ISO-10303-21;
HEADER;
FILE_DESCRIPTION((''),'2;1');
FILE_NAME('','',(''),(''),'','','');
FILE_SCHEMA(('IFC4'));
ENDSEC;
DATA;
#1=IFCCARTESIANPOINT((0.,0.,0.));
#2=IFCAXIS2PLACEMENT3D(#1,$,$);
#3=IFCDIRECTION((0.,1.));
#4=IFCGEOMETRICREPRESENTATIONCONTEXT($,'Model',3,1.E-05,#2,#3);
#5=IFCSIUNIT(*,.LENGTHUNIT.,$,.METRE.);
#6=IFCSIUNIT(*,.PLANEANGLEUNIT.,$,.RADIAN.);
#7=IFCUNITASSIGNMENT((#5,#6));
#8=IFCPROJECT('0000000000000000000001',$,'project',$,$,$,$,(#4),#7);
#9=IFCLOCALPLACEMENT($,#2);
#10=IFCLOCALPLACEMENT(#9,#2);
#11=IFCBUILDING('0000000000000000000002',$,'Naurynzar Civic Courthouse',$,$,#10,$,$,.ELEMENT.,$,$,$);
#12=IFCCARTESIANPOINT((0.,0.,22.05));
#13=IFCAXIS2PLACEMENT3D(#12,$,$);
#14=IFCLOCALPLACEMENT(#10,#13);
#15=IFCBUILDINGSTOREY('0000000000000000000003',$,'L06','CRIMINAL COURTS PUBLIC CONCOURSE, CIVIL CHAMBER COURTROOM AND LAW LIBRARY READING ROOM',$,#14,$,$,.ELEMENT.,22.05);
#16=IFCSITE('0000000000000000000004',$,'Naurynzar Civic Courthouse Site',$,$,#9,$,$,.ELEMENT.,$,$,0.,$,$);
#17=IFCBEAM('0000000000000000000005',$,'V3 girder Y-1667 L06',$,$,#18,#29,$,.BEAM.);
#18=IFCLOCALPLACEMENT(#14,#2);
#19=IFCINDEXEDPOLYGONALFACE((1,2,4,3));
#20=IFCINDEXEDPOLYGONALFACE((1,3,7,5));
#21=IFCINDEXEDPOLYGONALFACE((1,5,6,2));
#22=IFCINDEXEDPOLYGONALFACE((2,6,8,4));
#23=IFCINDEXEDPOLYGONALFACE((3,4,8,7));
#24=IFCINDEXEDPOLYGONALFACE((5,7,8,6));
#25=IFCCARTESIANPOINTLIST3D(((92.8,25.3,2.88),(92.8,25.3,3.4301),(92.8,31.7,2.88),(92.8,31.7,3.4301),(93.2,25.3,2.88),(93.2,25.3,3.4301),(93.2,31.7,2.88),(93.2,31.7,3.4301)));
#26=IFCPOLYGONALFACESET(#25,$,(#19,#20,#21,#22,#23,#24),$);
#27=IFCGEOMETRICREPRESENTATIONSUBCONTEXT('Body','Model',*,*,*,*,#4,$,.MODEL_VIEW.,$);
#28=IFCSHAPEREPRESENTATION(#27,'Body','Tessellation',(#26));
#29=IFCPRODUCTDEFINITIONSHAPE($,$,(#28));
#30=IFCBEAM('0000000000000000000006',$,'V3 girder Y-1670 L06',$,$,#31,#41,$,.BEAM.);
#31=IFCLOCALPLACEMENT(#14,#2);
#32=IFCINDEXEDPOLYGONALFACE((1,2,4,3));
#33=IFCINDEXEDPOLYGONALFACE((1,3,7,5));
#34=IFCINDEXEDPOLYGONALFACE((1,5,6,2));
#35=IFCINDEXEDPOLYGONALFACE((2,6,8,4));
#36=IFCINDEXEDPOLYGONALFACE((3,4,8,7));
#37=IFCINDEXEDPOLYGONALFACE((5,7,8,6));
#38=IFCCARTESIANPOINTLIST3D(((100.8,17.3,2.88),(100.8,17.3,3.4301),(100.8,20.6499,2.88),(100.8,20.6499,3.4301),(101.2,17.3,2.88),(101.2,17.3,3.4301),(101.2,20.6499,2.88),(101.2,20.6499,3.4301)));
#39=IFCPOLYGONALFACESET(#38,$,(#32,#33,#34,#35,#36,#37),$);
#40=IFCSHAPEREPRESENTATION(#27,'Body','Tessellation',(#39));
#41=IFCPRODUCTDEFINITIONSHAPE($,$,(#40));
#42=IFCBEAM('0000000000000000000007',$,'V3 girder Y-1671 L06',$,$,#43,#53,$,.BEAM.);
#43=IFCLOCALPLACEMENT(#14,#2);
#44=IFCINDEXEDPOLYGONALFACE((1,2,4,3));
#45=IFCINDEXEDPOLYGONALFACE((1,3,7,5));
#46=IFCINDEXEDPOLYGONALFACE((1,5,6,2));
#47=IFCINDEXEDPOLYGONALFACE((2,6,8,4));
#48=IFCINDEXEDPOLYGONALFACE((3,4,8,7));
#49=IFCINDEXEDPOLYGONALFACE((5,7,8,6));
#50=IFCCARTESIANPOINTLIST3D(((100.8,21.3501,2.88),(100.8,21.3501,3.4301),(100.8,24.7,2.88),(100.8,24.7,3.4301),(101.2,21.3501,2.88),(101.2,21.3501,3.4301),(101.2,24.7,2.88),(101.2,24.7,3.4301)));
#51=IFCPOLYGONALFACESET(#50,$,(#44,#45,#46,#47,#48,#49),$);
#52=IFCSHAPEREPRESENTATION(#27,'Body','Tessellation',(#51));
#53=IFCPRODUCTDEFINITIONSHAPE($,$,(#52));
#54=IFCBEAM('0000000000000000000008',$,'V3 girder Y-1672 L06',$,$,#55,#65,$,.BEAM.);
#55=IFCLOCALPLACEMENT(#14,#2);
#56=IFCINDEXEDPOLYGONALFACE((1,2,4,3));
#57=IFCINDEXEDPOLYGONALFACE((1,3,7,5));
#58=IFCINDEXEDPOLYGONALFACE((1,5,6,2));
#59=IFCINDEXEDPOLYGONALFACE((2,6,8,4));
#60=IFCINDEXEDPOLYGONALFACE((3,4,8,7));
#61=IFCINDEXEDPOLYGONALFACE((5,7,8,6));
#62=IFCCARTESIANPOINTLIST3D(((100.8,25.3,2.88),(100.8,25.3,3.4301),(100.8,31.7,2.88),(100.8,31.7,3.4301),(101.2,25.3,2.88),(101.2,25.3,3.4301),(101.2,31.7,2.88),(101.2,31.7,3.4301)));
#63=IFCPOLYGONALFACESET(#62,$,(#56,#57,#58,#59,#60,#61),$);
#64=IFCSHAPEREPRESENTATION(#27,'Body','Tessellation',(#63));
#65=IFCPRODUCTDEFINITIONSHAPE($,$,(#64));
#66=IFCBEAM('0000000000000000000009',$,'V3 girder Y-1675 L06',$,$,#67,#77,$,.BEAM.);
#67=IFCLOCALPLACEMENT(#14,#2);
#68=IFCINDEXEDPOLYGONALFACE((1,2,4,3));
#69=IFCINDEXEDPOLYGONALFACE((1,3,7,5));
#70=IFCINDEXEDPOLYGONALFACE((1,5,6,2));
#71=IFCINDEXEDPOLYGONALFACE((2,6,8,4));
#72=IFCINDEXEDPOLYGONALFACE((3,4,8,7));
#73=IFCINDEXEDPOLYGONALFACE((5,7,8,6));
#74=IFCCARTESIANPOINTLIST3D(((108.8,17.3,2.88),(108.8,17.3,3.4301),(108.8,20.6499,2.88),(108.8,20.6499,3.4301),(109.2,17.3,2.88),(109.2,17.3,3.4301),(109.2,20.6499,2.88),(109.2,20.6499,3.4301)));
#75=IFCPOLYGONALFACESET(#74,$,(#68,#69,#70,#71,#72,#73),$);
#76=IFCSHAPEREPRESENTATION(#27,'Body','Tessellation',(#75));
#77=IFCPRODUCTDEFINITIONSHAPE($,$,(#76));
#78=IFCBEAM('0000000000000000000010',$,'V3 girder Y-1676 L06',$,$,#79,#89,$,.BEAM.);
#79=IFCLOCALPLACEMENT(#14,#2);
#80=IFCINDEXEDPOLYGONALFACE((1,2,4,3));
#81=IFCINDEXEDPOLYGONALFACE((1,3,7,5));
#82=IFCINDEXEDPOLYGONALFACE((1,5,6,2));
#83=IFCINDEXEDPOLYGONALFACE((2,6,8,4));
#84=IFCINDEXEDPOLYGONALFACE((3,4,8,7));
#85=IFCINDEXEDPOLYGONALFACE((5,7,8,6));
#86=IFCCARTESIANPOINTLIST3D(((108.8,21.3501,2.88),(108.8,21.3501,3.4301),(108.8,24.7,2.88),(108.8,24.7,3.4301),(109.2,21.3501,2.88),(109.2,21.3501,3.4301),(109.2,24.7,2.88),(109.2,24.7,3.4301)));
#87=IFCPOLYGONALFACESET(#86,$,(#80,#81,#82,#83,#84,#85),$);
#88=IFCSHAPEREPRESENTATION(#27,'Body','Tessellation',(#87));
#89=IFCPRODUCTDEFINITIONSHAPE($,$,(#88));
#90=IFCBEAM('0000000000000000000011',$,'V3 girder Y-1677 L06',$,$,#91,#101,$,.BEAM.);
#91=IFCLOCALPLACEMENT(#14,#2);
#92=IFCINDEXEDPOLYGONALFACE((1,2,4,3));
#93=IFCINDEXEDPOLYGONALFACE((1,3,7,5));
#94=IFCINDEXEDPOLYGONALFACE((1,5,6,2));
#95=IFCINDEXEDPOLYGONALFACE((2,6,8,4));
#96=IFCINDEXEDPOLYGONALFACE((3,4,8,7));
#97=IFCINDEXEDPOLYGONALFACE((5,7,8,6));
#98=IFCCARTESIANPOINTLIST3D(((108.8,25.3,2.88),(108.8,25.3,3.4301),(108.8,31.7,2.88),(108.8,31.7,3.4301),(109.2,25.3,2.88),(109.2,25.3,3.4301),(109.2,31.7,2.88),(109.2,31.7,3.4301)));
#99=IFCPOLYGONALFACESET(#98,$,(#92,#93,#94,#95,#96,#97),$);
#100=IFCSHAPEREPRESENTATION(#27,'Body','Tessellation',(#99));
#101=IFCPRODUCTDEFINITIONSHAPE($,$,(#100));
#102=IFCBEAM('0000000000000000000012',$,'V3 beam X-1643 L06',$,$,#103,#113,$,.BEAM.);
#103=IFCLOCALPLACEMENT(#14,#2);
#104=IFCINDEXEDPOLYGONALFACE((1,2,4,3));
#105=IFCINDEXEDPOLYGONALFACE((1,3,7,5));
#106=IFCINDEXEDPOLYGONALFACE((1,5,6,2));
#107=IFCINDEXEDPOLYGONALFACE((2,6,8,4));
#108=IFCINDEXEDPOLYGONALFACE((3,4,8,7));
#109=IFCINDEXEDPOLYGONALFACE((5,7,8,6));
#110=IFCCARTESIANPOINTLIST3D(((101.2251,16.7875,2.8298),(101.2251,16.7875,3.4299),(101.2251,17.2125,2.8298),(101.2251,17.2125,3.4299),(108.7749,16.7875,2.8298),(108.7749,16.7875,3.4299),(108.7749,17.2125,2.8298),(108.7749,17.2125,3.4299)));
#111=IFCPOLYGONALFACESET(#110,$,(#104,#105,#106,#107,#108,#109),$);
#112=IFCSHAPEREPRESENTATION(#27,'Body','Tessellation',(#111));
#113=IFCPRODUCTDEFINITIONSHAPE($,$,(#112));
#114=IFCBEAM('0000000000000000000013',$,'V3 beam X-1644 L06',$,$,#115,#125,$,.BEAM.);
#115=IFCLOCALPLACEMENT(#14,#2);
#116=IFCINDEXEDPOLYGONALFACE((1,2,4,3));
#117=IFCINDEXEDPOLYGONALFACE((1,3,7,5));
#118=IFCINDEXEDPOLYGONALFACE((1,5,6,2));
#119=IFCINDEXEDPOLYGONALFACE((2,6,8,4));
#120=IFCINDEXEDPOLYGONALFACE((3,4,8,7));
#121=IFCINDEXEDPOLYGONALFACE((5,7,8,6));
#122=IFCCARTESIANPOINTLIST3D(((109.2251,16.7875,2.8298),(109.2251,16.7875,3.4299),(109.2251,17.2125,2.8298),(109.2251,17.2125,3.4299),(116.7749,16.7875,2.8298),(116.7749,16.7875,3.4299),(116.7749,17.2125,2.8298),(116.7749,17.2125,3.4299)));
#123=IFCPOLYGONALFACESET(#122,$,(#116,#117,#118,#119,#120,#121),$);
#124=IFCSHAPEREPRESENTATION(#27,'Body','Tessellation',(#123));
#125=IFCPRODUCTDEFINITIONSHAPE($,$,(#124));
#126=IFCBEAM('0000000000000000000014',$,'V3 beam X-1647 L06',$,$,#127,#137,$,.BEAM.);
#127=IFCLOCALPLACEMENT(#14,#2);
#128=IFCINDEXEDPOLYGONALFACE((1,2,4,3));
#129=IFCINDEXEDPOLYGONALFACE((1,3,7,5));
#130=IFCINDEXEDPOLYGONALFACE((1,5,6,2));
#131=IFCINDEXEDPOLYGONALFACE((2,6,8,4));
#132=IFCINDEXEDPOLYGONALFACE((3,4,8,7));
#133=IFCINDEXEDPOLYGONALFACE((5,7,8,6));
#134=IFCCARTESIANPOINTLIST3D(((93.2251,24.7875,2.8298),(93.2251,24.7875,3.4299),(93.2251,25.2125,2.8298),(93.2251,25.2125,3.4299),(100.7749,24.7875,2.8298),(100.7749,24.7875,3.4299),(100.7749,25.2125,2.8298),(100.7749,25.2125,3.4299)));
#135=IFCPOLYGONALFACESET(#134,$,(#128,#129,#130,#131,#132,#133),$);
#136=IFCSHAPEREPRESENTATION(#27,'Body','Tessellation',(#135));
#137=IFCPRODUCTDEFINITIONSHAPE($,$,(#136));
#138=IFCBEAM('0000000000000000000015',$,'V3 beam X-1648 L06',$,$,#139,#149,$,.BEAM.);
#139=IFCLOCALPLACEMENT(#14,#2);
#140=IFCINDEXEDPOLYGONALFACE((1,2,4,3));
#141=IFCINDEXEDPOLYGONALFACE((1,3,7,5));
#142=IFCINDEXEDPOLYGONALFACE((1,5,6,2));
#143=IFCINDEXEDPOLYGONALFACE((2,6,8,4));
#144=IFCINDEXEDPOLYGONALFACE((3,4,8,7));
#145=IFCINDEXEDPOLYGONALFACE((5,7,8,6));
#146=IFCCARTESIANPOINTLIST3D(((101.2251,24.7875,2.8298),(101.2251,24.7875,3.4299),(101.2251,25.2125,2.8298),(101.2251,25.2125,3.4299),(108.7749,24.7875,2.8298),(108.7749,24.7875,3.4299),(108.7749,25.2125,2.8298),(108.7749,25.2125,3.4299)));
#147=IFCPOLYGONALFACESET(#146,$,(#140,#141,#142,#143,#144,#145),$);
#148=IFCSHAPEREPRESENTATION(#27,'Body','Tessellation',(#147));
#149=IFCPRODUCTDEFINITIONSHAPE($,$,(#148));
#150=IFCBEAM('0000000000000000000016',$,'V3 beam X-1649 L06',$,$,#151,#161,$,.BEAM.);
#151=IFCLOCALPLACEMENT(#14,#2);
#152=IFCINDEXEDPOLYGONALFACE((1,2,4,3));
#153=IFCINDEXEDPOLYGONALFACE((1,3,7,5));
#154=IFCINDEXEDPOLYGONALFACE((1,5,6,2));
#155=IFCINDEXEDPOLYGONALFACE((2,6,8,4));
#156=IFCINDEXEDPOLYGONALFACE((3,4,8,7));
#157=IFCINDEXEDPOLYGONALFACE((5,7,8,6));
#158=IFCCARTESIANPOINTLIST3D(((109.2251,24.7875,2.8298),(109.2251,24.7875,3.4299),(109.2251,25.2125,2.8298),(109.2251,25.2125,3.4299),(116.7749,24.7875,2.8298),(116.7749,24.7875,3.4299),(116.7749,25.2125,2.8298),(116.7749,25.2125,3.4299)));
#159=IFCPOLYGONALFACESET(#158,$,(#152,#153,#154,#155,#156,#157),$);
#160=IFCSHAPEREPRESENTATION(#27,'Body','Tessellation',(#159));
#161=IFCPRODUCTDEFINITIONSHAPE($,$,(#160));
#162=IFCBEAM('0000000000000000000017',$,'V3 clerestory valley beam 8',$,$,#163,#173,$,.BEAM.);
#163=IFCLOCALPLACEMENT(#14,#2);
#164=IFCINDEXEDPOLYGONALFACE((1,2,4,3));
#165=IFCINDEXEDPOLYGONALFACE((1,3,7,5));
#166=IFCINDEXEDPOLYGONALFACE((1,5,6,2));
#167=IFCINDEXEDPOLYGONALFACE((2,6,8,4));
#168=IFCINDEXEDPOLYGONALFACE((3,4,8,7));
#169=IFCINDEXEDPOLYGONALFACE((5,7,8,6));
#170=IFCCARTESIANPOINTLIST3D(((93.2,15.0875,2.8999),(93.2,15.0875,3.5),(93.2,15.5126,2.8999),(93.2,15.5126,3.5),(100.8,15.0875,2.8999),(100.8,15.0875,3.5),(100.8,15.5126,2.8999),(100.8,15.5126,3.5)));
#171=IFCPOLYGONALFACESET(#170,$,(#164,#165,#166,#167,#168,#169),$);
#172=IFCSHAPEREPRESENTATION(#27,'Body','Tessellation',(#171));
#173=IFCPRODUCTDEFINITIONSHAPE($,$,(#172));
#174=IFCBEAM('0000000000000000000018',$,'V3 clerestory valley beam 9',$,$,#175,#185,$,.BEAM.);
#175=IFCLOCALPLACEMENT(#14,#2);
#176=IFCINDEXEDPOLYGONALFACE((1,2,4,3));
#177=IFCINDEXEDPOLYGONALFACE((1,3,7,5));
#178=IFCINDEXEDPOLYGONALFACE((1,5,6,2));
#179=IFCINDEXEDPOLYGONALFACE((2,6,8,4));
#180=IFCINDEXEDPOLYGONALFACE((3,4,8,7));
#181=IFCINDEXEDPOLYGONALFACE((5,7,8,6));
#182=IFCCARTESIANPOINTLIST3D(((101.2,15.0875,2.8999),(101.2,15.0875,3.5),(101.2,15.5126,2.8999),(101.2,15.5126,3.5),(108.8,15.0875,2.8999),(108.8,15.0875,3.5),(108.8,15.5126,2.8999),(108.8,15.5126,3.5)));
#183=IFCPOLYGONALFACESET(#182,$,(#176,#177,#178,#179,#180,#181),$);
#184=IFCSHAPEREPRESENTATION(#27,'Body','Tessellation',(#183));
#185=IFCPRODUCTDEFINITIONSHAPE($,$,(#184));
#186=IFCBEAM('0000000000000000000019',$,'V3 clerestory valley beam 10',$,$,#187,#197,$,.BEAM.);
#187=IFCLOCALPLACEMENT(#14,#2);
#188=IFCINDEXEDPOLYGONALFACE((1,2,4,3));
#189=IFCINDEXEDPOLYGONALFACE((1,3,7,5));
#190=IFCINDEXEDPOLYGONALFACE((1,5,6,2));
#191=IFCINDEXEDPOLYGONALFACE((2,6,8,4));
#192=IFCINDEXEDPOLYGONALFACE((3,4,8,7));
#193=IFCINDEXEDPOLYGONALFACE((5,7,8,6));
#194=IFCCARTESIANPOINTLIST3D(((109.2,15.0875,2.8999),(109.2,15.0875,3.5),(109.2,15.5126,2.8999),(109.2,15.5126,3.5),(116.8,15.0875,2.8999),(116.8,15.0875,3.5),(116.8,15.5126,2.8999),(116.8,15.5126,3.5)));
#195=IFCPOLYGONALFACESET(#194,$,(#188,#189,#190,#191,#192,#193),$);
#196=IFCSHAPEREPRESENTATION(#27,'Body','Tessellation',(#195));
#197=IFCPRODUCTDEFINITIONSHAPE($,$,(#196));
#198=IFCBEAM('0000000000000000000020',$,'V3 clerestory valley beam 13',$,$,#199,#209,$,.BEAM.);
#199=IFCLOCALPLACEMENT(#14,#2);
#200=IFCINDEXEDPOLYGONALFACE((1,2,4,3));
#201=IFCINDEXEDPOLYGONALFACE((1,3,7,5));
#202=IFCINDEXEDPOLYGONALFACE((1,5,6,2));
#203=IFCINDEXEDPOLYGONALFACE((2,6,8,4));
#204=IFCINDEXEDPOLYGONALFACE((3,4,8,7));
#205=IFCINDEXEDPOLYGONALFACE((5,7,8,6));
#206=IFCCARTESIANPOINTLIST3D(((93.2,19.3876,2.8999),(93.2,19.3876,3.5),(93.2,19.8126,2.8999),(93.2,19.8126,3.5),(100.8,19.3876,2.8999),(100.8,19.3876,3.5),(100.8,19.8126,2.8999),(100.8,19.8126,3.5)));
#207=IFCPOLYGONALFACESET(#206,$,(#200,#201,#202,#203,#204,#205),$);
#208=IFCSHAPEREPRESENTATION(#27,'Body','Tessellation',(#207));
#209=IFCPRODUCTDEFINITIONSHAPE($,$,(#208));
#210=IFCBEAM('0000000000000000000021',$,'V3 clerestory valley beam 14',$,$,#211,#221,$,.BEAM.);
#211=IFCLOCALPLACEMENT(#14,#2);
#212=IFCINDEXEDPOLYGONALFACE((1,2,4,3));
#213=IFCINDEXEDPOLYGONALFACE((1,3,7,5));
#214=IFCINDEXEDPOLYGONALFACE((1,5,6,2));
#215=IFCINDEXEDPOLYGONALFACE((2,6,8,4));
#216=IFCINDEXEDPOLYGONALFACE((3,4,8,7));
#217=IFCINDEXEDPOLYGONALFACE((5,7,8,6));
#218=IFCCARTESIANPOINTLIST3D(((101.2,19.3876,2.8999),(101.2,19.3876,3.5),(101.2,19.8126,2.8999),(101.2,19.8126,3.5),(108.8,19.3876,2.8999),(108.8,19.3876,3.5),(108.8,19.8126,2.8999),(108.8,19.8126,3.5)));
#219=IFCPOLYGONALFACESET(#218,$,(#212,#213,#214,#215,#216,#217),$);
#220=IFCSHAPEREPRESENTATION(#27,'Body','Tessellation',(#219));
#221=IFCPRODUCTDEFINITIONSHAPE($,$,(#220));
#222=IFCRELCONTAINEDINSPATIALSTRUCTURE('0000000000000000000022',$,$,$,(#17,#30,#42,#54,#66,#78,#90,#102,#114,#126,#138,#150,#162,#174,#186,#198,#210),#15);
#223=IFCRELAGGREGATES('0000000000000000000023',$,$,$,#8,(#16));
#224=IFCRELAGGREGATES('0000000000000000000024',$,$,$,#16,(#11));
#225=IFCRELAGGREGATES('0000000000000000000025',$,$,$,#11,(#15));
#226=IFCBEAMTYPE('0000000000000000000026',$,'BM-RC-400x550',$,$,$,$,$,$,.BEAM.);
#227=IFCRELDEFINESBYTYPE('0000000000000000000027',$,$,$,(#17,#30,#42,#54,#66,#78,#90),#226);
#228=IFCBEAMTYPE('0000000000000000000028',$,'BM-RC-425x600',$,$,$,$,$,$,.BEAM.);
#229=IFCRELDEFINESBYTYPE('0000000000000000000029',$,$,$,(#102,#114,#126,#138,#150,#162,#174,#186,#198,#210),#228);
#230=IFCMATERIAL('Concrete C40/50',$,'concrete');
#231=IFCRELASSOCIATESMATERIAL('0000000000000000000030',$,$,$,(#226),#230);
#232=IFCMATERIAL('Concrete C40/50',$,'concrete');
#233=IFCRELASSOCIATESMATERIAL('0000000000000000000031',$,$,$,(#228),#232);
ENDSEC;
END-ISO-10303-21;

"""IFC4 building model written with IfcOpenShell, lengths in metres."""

from ifc_helpers import new_model, si_unit, direction, frame, origin, origin_2d, place, context, subcontext, project, spatial, rectangle, extrude, material, material_profile, profile_set, type_object, element, save


model = new_model("IFC4")

# Units and contexts
model_context = context("Model", 3, precision=1e-05, world=origin(), true_north=direction((0.0, 1.0)))
body_context = subcontext(model_context, "Body", "Model", "MODEL_VIEW")
ifc_project = project(units=[si_unit("LENGTHUNIT", "METRE"), si_unit("PLANEANGLEUNIT", "RADIAN")], contexts=[model_context])

# Site, building, storey
site_placement = place(None, origin())
site = spatial("IfcSite", under=ifc_project, at=site_placement, Name="Naurynzar Civic Courthouse Site", CompositionType="ELEMENT", RefElevation=0.0)
building_placement = place(site_placement, origin())
building = spatial("IfcBuilding", under=site, at=building_placement, Name="Naurynzar Civic Courthouse", CompositionType="ELEMENT")
storey_placement = place(building_placement, frame((0.0, 0.0, 22.05)))
storey = spatial("IfcBuildingStorey", under=building, at=storey_placement, Name="L06", Description="CRIMINAL COURTS PUBLIC CONCOURSE, CIVIL CHAMBER COURTROOM AND LAW LIBRARY READING ROOM", CompositionType="ELEMENT", Elevation=22.05)

# Beams
ifc_material_1 = material(Name="Concrete C40/50", Category="concrete")
ifc_material_profile_1 = material_profile(ifc_material_1, rectangle(XDim=0.3999, YDim=0.55, at=origin_2d()), Name="RCB 400x550")
ifc_profile_set_1 = profile_set([ifc_material_profile_1], Name="Concrete C40/50")
beam_type_1 = type_object("IfcBeamType", Name="BM-RC-400x550", PredefinedType="BEAM", material=ifc_profile_set_1)
beam_1_placement = place(storey_placement, frame((93.0, 25.3, 3.155), z_axis=(0.0, 1.0, 0.0), x_axis=(-1.0, 0.0, 0.0)))
element("IfcBeam", 1, at=beam_1_placement, inside=storey, type_object=beam_type_1, Name="V3 girder Y-1667 L06", PredefinedType="BEAM", context=body_context, shape_type="SweptSolid", body=[
    extrude(rectangle(XDim=0.3999, YDim=0.55, at=origin_2d()), origin(), (0.0, 0.0, 1.0), 6.3999),
])
for number, where, z_axis, x_axis, name in (
    (2, (101.0, 17.3, 3.155), (0.0, 1.0, 0.0), (-1.0, 0.0, 0.0), "V3 girder Y-1670 L06"),
    (3, (101.0, 21.3501, 3.155), (0.0, 1.0, 0.0), (-1.0, 0.0, 0.0), "V3 girder Y-1671 L06"),
):
    element("IfcBeam", number, at=place(storey_placement, frame(where, z_axis=z_axis, x_axis=x_axis)), inside=storey, type_object=beam_type_1, Name=name, PredefinedType="BEAM", context=body_context, shape_type="SweptSolid", body=[
        extrude(rectangle(XDim=0.3999, YDim=0.55, at=origin_2d()), origin(), (0.0, 0.0, 1.0), 3.3499),
    ])
beam_2_placement = place(storey_placement, frame((101.0, 25.3, 3.155), z_axis=(0.0, 1.0, 0.0), x_axis=(-1.0, 0.0, 0.0)))
element("IfcBeam", 4, at=beam_2_placement, inside=storey, type_object=beam_type_1, Name="V3 girder Y-1672 L06", PredefinedType="BEAM", context=body_context, shape_type="SweptSolid", body=[
    extrude(rectangle(XDim=0.3999, YDim=0.55, at=origin_2d()), origin(), (0.0, 0.0, 1.0), 6.3999),
])
for number, where, z_axis, x_axis, name in (
    (5, (109.0, 17.3, 3.155), (0.0, 1.0, 0.0), (-1.0, 0.0, 0.0), "V3 girder Y-1675 L06"),
    (6, (109.0, 21.3501, 3.155), (0.0, 1.0, 0.0), (-1.0, 0.0, 0.0), "V3 girder Y-1676 L06"),
):
    element("IfcBeam", number, at=place(storey_placement, frame(where, z_axis=z_axis, x_axis=x_axis)), inside=storey, type_object=beam_type_1, Name=name, PredefinedType="BEAM", context=body_context, shape_type="SweptSolid", body=[
        extrude(rectangle(XDim=0.3999, YDim=0.55, at=origin_2d()), origin(), (0.0, 0.0, 1.0), 3.3499),
    ])
beam_3_placement = place(storey_placement, frame((109.0, 25.3, 3.155), z_axis=(0.0, 1.0, 0.0), x_axis=(-1.0, 0.0, 0.0)))
element("IfcBeam", 7, at=beam_3_placement, inside=storey, type_object=beam_type_1, Name="V3 girder Y-1677 L06", PredefinedType="BEAM", context=body_context, shape_type="SweptSolid", body=[
    extrude(rectangle(XDim=0.3999, YDim=0.55, at=origin_2d()), origin(), (0.0, 0.0, 1.0), 6.3999),
])
ifc_material_2 = material(Name="Concrete C40/50", Category="concrete")
ifc_material_profile_2 = material_profile(ifc_material_2, rectangle(XDim=0.425, YDim=0.6001, at=origin_2d()), Name="RCB 425x600")
ifc_profile_set_2 = profile_set([ifc_material_profile_2], Name="Concrete C40/50")
beam_type_2 = type_object("IfcBeamType", Name="BM-RC-425x600", PredefinedType="BEAM", material=ifc_profile_set_2)
for number, where, z_axis, x_axis, name in (
    (8, (101.2251, 17.0, 3.1299), (1.0, 0.0, 0.0), (0.0, 1.0, 0.0), "V3 beam X-1643 L06"),
    (9, (109.2251, 17.0, 3.1299), (1.0, 0.0, 0.0), (0.0, 1.0, 0.0), "V3 beam X-1644 L06"),
    (10, (93.2251, 25.0, 3.1299), (1.0, 0.0, 0.0), (0.0, 1.0, 0.0), "V3 beam X-1647 L06"),
    (11, (101.2251, 25.0, 3.1299), (1.0, 0.0, 0.0), (0.0, 1.0, 0.0), "V3 beam X-1648 L06"),
    (12, (109.2251, 25.0, 3.1299), (1.0, 0.0, 0.0), (0.0, 1.0, 0.0), "V3 beam X-1649 L06"),
):
    element("IfcBeam", number, at=place(storey_placement, frame(where, z_axis=z_axis, x_axis=x_axis)), inside=storey, type_object=beam_type_2, Name=name, PredefinedType="BEAM", context=body_context, shape_type="SweptSolid", body=[
        extrude(rectangle(XDim=0.425, YDim=0.6001, at=origin_2d()), origin(), (0.0, 0.0, 1.0), 7.5498),
    ])
for number, where, z_axis, x_axis, name in (
    (13, (93.2, 15.3, 3.2), (1.0, 0.0, 0.0), (0.0, 1.0, 0.0), "V3 clerestory valley beam 8"),
    (14, (101.2, 15.3, 3.2), (1.0, 0.0, 0.0), (0.0, 1.0, 0.0), "V3 clerestory valley beam 9"),
    (15, (109.2, 15.3, 3.2), (1.0, 0.0, 0.0), (0.0, 1.0, 0.0), "V3 clerestory valley beam 10"),
    (16, (93.2, 19.6001, 3.2), (1.0, 0.0, 0.0), (0.0, 1.0, 0.0), "V3 clerestory valley beam 13"),
    (17, (101.2, 19.6001, 3.2), (1.0, 0.0, 0.0), (0.0, 1.0, 0.0), "V3 clerestory valley beam 14"),
):
    element("IfcBeam", number, at=place(storey_placement, frame(where, z_axis=z_axis, x_axis=x_axis)), inside=storey, type_object=beam_type_2, Name=name, PredefinedType="BEAM", context=body_context, shape_type="SweptSolid", body=[
        extrude(rectangle(XDim=0.425, YDim=0.6001, at=origin_2d()), origin(), (0.0, 0.0, 1.0), 7.6001),
    ])

save(model, "model.ifc")
